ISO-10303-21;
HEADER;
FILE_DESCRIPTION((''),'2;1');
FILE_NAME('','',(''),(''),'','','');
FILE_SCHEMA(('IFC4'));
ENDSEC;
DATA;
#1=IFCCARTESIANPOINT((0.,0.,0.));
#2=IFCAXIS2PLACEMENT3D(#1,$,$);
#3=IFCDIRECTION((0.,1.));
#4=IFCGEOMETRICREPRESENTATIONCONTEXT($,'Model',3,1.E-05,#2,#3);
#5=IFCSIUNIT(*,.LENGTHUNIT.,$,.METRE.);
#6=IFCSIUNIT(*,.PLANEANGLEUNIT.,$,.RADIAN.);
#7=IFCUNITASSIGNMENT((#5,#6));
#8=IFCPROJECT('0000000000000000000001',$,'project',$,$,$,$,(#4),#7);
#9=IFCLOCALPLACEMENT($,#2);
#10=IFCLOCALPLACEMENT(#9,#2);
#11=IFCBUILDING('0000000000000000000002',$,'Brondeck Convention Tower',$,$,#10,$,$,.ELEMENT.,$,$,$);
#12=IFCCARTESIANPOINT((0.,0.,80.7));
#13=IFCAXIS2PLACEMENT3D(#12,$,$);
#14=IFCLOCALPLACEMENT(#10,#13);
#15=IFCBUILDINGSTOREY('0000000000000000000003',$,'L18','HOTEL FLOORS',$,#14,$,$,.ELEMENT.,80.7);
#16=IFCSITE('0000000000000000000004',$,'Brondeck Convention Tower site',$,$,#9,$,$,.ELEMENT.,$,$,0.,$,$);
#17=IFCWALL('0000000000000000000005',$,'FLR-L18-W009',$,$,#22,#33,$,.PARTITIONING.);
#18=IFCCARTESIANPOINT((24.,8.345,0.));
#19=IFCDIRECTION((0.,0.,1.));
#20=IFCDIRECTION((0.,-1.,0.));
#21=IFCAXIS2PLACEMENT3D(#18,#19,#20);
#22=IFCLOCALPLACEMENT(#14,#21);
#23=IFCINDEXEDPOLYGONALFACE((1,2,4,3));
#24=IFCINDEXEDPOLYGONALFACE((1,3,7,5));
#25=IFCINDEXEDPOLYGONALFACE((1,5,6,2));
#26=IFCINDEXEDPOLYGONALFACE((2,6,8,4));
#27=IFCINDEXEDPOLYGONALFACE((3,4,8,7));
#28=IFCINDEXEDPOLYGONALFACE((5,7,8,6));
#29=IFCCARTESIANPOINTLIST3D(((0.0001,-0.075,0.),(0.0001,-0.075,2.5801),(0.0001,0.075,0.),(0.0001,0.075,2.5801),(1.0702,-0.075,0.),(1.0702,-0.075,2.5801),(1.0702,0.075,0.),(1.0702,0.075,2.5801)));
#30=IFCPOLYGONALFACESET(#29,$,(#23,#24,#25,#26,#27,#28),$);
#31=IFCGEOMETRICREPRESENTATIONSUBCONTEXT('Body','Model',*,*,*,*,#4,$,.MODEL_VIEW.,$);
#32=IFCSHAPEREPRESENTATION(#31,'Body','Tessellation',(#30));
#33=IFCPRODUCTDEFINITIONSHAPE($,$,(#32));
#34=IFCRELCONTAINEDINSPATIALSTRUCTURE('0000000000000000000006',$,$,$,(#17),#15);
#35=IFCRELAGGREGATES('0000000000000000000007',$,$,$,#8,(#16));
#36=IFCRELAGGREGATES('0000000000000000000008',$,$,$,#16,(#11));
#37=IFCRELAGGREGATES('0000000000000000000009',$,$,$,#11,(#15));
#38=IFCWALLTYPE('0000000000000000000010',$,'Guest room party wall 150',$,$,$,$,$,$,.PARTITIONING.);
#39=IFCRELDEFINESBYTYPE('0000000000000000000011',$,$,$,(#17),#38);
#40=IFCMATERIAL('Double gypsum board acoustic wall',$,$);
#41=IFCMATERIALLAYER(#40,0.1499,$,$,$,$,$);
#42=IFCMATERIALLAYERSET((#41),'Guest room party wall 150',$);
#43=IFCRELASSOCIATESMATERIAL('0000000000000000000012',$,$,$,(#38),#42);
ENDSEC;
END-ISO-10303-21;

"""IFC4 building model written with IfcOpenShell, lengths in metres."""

from ifc_helpers import new_model, si_unit, direction, frame, frame_2d, origin, place, context, subcontext, project, spatial, rectangle, extrude, material, layer, layer_set, type_object, element, save


model = new_model("IFC4")

# Units and contexts
model_context = context("Model", 3, precision=1e-05, world=origin(), true_north=direction((0.0, 1.0)))
body_context = subcontext(model_context, "Body", "Model", "MODEL_VIEW")
ifc_project = project(units=[si_unit("LENGTHUNIT", "METRE"), si_unit("PLANEANGLEUNIT", "RADIAN")], contexts=[model_context])

# Site, building, storey
site_placement = place(None, origin())
site = spatial("IfcSite", under=ifc_project, at=site_placement, Name="Brondeck Convention Tower site", CompositionType="ELEMENT", RefElevation=0.0)
building_placement = place(site_placement, origin())
building = spatial("IfcBuilding", under=site, at=building_placement, Name="Brondeck Convention Tower", CompositionType="ELEMENT")
storey_placement = place(building_placement, frame((0.0, 0.0, 80.7)))
storey = spatial("IfcBuildingStorey", under=building, at=storey_placement, Name="L18", Description="HOTEL FLOORS", CompositionType="ELEMENT", Elevation=80.7)

# Shared definitions
ifc_material_1 = material(Name="Double gypsum board acoustic wall")
ifc_layer_1 = layer(ifc_material_1, 0.1499)
ifc_layer_set_1 = layer_set([ifc_layer_1], Name="Guest room party wall 150")
wall_type_1 = type_object("IfcWallType", Name="Guest room party wall 150", PredefinedType="PARTITIONING", material=ifc_layer_set_1)

# Wall
wall_1_placement = place(storey_placement, frame((24.0, 8.345, 0.0), z_axis=(0.0, 0.0, 1.0), x_axis=(0.0, -1.0, 0.0)))
element("IfcWall", 1, at=wall_1_placement, inside=storey, type_object=wall_type_1, Name="FLR-L18-W009", PredefinedType="PARTITIONING", context=body_context, shape_type="SweptSolid", body=[
    extrude(rectangle(XDim=1.0701, YDim=0.1499, at=frame_2d((0.5352, 0.0))), origin(), (0.0, 0.0, 1.0), 2.5801),
])

save(model, "model.ifc")
